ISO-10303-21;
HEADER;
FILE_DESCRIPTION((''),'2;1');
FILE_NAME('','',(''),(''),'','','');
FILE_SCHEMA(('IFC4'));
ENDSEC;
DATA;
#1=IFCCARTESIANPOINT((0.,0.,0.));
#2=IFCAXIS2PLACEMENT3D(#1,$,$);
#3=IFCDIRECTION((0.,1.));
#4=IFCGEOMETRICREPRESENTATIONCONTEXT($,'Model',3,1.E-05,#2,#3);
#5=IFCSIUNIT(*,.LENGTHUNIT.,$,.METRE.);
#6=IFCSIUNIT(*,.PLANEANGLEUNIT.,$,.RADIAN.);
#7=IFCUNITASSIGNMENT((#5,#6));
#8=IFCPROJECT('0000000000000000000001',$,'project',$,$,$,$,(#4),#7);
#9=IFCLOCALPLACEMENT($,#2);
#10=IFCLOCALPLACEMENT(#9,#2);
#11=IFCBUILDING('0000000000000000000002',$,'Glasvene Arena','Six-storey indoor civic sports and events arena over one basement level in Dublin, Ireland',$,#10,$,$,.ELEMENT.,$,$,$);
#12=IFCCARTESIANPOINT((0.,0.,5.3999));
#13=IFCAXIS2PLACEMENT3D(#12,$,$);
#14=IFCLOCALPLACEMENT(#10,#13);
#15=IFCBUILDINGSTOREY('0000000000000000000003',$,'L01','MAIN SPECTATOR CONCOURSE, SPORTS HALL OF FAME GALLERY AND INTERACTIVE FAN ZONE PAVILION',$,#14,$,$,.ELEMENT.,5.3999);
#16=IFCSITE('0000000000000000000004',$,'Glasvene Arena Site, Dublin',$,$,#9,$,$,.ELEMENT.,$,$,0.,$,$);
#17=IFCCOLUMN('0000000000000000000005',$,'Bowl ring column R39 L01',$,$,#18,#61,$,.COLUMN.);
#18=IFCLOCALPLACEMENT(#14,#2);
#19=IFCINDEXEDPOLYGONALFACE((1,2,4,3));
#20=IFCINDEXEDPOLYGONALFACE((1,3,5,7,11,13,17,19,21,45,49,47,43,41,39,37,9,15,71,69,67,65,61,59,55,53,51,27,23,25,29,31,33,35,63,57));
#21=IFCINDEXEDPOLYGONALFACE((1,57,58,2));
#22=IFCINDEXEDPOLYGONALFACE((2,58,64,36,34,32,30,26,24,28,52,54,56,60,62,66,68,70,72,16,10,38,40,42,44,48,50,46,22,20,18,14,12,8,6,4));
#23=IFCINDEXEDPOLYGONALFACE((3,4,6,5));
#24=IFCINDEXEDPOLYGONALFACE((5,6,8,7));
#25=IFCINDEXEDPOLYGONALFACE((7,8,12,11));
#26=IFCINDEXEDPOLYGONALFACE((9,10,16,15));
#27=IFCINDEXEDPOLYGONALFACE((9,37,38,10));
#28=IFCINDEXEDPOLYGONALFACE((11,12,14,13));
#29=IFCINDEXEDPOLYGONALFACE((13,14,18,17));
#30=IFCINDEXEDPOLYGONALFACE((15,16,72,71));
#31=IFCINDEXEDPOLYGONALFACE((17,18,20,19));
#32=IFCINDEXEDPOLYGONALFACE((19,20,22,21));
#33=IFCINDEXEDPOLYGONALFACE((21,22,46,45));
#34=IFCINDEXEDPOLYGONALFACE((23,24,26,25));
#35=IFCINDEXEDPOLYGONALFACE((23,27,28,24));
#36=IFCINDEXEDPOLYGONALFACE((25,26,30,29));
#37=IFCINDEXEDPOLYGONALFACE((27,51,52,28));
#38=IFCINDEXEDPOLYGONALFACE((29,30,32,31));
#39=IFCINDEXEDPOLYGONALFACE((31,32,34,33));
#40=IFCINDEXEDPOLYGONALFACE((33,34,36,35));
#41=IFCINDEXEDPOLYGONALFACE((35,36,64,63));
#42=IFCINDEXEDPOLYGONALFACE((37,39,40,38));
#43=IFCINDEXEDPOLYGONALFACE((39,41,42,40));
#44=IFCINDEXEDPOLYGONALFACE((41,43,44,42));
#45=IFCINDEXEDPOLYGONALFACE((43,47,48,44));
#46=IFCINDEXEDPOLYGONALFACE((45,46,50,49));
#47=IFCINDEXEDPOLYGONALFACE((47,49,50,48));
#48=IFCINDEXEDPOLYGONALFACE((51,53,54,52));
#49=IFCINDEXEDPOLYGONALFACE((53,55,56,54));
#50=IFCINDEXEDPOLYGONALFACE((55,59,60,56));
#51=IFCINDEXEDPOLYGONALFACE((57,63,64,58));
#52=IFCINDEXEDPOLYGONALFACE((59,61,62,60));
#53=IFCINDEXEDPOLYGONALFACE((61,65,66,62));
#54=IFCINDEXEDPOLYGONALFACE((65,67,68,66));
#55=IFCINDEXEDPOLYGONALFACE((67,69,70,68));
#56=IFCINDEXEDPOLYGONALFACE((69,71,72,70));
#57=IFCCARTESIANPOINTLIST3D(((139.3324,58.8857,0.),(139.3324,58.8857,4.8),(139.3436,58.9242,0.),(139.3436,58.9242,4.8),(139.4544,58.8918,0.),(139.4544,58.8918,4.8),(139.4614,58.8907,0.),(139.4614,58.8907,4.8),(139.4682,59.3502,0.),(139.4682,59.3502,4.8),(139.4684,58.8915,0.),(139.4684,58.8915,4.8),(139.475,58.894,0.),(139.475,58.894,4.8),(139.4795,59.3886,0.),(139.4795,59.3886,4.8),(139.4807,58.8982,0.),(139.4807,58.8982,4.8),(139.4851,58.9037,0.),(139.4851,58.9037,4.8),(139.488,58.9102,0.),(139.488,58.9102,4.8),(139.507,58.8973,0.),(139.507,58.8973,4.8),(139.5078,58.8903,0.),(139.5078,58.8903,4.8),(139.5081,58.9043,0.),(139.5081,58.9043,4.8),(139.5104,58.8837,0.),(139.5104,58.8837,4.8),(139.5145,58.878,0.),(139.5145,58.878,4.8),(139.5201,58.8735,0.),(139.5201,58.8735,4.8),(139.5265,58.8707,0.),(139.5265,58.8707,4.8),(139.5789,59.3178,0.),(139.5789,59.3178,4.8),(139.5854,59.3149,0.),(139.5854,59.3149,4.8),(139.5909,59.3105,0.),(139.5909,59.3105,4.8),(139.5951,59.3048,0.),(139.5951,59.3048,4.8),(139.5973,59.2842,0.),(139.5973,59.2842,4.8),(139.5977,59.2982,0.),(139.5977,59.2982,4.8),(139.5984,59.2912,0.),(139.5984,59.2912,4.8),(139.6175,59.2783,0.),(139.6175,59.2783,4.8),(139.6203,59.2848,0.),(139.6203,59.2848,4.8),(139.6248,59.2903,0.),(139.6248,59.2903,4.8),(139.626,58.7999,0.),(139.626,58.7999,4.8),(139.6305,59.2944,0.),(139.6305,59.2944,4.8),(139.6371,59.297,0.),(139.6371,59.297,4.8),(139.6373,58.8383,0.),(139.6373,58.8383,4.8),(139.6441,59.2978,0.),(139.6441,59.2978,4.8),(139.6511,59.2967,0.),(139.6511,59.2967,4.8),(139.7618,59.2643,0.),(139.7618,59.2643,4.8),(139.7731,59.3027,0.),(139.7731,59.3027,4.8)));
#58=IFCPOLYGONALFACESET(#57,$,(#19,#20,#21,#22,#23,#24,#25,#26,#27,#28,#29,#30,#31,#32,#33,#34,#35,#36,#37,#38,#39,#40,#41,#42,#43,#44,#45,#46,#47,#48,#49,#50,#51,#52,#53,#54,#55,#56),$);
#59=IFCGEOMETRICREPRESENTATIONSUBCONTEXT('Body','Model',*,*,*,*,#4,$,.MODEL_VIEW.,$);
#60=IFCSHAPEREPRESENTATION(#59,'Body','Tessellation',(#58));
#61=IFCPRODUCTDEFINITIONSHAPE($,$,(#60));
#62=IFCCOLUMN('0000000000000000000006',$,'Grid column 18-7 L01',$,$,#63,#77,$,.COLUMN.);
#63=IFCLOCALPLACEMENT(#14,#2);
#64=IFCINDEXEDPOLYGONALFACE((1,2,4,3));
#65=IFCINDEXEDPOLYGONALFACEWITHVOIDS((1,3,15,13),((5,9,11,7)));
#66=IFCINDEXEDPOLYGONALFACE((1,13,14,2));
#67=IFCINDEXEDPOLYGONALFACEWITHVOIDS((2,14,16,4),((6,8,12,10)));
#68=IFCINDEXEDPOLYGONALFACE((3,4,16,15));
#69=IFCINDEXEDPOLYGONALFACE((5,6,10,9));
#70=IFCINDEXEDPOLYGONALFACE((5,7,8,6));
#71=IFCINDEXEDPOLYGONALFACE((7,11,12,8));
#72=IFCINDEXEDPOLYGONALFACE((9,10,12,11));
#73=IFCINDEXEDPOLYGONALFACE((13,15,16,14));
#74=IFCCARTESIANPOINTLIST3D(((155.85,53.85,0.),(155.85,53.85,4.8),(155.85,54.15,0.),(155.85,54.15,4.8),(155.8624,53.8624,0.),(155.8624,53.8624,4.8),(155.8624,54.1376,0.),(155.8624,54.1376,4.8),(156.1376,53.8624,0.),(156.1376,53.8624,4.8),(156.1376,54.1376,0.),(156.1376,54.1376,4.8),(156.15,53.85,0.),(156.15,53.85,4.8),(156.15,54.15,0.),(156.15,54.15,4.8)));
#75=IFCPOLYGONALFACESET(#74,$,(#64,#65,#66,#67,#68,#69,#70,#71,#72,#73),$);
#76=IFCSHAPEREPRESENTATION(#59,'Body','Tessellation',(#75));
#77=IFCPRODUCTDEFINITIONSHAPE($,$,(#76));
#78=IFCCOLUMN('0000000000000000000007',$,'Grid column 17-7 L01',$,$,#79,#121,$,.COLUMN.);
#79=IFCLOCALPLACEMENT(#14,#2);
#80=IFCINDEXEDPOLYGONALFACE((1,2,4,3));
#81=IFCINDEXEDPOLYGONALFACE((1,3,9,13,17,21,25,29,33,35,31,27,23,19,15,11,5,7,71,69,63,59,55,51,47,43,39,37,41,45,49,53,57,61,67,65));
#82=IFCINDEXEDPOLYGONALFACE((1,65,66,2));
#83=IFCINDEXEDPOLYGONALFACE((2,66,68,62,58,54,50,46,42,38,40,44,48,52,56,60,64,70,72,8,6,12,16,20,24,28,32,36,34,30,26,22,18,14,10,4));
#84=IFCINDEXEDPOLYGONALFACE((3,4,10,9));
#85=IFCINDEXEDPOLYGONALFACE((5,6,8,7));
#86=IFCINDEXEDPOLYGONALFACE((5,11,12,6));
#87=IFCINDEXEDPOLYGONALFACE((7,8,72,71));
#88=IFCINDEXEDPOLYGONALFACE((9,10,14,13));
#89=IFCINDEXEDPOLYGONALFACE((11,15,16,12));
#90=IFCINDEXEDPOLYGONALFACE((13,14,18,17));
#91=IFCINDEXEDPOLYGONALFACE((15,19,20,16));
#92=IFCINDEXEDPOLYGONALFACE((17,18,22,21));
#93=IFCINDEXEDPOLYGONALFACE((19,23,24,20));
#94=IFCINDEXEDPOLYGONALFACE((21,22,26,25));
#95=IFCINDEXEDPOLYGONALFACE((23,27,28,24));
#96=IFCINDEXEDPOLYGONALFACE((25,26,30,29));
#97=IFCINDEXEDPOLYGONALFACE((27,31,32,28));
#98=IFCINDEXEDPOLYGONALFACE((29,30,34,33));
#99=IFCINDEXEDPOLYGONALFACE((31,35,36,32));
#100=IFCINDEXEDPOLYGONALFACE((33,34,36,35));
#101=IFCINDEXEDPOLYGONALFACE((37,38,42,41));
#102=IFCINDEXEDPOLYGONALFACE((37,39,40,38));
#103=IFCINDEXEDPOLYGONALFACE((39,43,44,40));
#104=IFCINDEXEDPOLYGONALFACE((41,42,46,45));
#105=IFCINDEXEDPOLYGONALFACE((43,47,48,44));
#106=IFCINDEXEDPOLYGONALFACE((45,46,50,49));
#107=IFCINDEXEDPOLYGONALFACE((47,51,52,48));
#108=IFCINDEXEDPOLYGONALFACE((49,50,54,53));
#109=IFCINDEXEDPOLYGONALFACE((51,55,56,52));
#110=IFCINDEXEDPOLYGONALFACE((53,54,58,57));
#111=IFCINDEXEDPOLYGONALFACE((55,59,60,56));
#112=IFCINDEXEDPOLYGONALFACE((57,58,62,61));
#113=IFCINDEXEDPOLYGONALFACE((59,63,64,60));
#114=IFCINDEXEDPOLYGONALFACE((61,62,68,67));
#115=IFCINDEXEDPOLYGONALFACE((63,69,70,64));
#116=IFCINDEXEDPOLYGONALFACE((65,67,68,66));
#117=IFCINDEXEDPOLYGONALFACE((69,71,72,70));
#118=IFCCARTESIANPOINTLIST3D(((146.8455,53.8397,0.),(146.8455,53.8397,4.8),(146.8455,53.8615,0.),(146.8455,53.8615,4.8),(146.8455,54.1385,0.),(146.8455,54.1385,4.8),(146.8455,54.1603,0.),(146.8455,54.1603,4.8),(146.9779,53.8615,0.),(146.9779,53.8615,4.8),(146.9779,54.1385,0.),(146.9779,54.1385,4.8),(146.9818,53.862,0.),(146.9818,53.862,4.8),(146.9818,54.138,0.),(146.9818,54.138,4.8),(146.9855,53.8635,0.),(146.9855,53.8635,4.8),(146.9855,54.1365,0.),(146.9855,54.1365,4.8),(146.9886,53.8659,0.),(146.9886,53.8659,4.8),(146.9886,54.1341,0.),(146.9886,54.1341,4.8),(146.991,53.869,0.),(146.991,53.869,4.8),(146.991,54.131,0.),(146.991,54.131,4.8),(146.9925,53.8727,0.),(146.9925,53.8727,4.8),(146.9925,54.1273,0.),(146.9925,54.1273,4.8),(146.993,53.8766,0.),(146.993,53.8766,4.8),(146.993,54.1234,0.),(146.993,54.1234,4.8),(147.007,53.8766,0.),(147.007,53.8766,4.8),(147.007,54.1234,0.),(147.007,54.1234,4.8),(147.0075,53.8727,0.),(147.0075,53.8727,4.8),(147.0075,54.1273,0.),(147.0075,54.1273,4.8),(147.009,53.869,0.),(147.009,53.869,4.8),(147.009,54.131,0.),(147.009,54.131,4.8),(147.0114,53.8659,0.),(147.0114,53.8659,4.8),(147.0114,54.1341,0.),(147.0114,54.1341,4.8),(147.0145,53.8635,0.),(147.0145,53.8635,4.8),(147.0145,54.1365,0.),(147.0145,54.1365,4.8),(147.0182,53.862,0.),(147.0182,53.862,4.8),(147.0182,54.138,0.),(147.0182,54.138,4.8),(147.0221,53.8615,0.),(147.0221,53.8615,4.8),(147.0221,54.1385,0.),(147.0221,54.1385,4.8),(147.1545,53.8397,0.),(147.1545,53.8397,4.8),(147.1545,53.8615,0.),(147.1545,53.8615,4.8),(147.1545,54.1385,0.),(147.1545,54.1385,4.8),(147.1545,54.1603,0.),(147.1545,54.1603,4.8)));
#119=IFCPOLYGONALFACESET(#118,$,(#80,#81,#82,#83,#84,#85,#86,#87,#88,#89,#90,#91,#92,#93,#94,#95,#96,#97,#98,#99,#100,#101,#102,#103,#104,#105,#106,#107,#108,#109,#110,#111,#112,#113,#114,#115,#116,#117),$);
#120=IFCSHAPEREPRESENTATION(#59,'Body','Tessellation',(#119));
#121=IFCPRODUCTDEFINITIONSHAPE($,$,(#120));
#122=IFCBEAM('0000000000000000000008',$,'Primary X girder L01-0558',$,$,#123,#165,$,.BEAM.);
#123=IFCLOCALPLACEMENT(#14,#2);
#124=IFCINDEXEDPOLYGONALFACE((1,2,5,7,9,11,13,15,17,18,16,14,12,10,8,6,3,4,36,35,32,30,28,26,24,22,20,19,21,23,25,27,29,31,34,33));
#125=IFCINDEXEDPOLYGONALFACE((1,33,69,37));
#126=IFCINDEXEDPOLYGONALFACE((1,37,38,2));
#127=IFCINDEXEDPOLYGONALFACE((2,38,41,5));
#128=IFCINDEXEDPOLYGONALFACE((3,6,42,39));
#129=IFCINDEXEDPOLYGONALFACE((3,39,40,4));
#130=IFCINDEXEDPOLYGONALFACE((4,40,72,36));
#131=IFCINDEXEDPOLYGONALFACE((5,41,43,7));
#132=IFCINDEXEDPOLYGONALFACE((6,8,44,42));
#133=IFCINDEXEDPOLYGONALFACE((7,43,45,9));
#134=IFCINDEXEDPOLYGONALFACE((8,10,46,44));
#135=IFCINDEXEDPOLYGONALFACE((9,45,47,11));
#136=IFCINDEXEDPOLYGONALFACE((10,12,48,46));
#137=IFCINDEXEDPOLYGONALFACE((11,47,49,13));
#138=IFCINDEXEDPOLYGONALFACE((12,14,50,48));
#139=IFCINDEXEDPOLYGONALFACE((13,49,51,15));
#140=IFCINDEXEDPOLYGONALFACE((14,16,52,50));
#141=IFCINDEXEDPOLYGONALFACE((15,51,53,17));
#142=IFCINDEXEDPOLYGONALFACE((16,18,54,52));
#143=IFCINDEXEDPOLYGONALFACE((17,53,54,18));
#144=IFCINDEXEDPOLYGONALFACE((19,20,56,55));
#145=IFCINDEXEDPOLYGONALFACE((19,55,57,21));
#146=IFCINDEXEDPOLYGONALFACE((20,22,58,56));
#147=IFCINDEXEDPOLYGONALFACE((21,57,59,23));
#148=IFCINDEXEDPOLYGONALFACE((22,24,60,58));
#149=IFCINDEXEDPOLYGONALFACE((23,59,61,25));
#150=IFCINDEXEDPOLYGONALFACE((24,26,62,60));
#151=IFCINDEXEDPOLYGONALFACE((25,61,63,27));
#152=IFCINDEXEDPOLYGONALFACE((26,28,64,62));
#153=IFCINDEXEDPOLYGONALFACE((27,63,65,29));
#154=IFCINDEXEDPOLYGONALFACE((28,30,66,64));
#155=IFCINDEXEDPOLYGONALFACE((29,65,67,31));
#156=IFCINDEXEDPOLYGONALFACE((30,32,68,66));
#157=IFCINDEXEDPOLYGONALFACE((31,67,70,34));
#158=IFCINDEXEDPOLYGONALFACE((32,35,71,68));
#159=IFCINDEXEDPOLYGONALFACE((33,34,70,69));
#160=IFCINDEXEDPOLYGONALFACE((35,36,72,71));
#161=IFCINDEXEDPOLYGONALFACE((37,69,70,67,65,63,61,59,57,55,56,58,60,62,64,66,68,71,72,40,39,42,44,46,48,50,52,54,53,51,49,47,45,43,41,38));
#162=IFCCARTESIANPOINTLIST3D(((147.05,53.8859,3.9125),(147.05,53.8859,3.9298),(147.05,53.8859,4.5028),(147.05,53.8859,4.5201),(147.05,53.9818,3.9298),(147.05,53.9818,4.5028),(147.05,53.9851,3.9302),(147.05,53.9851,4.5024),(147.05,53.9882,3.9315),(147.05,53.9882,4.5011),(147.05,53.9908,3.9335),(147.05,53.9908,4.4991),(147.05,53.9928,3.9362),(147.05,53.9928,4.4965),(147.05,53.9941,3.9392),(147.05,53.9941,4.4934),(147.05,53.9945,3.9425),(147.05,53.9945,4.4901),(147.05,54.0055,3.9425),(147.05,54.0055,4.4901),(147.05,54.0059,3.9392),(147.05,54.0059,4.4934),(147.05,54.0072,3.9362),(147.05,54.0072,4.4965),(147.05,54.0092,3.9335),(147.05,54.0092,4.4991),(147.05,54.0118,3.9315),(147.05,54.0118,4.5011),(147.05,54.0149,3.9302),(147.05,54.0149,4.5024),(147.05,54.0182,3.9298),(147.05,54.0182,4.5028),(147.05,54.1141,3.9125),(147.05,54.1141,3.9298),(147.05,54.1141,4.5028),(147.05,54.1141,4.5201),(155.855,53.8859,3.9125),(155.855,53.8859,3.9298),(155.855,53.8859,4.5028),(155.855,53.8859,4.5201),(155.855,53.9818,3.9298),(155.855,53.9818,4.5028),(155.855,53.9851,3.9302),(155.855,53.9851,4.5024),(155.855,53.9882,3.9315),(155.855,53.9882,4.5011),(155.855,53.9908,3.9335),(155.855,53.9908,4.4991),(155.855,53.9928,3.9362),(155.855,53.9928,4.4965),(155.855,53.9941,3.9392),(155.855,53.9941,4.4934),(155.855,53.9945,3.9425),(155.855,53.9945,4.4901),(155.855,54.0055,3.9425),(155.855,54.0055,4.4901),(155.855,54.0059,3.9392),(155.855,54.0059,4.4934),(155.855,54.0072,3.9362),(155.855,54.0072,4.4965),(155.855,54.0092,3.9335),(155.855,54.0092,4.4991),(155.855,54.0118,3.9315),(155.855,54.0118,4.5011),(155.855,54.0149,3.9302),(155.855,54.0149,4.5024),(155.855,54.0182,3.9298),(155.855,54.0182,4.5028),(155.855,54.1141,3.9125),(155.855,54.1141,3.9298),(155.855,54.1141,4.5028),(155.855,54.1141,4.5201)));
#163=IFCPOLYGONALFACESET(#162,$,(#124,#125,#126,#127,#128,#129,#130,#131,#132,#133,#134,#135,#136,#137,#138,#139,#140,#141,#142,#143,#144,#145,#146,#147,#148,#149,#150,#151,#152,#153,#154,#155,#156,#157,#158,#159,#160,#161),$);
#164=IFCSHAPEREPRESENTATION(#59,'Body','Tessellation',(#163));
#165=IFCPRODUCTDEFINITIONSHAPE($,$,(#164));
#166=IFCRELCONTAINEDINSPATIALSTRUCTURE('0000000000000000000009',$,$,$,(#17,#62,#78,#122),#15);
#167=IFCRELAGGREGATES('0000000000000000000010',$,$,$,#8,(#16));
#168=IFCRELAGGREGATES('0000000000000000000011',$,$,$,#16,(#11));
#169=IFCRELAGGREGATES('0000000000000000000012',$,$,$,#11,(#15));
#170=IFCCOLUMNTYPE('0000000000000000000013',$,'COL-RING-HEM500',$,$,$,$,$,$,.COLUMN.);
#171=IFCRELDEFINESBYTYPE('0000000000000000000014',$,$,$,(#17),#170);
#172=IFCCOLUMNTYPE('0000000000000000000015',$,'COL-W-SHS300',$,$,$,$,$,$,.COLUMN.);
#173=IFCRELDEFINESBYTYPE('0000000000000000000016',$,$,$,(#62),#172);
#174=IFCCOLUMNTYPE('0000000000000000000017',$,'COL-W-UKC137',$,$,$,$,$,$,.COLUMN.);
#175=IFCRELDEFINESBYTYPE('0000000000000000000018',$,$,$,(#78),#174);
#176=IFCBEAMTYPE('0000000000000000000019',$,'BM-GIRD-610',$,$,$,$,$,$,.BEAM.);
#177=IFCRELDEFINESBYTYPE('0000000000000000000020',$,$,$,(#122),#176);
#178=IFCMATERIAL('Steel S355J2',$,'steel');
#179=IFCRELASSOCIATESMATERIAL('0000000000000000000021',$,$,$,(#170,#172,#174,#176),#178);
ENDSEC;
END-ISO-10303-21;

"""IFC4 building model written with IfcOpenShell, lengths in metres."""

from ifc_helpers import new_model, si_unit, direction, frame, origin, origin_2d, place, context, subcontext, project, spatial, hollow_rectangle, i_section, extrude, material, material_profile, profile_set, type_object, element, save


model = new_model("IFC4")

# Units and contexts
model_context = context("Model", 3, precision=1e-05, world=origin(), true_north=direction((0.0, 1.0)))
body_context = subcontext(model_context, "Body", "Model", "MODEL_VIEW")
ifc_project = project(units=[si_unit("LENGTHUNIT", "METRE"), si_unit("PLANEANGLEUNIT", "RADIAN")], contexts=[model_context])

# Site, building, storey
site_placement = place(None, origin())
site = spatial("IfcSite", under=ifc_project, at=site_placement, Name="Glasvene Arena Site, Dublin", CompositionType="ELEMENT", RefElevation=0.0)
building_placement = place(site_placement, origin())
building = spatial("IfcBuilding", under=site, at=building_placement, Name="Glasvene Arena", Description="Six-storey indoor civic sports and events arena over one basement level in Dublin, Ireland", CompositionType="ELEMENT")
storey_placement = place(building_placement, frame((0.0, 0.0, 5.3999)))
storey = spatial("IfcBuildingStorey", under=building, at=storey_placement, Name="L01", Description="MAIN SPECTATOR CONCOURSE, SPORTS HALL OF FAME GALLERY AND INTERACTIVE FAN ZONE PAVILION", CompositionType="ELEMENT", Elevation=5.3999)

# Columns
ifc_material_1 = material(Name="Steel S355J2", Category="steel")
ifc_material_profile_1 = material_profile(ifc_material_1, i_section(OverallWidth=0.3059, OverallDepth=0.5239, WebThickness=0.021, FlangeThickness=0.04, FilletRadius=0.0271, at=origin_2d()), Name="HEM 500")
ifc_profile_set_1 = profile_set([ifc_material_profile_1], Name="Steel S355J2")
column_type_1 = type_object("IfcColumnType", Name="COL-RING-HEM500", PredefinedType="COLUMN", material=ifc_profile_set_1)
column_1_placement = place(storey_placement, frame((139.5527, 59.0942, 0.0), z_axis=(0.0, 0.0, 1.0), x_axis=(0.959805, -0.280667, 0.0)))
element("IfcColumn", 1, at=column_1_placement, inside=storey, type_object=column_type_1, Name="Bowl ring column R39 L01", PredefinedType="COLUMN", context=body_context, shape_type="SweptSolid", body=[
    extrude(i_section(OverallWidth=0.3059, OverallDepth=0.5239, WebThickness=0.021, FlangeThickness=0.04, FilletRadius=0.0271, at=origin_2d()), origin(), (0.0, 0.0, 1.0), 4.8),
])
ifc_material_profile_2 = material_profile(ifc_material_1, hollow_rectangle(XDim=0.3, YDim=0.3, WallThickness=0.0125, at=origin_2d()), Name="SHS 300x300x12.5")
ifc_profile_set_2 = profile_set([ifc_material_profile_2], Name="Steel S355J2")
column_type_2 = type_object("IfcColumnType", Name="COL-W-SHS300", PredefinedType="COLUMN", material=ifc_profile_set_2)
column_2_placement = place(storey_placement, frame((156.0, 54.0, 0.0), z_axis=(0.0, 0.0, 1.0), x_axis=(1.0, 0.0, 0.0)))
element("IfcColumn", 2, at=column_2_placement, inside=storey, type_object=column_type_2, Name="Grid column 18-7 L01", PredefinedType="COLUMN", context=body_context, shape_type="SweptSolid", body=[
    extrude(hollow_rectangle(XDim=0.3, YDim=0.3, WallThickness=0.0125, at=origin_2d()), origin(), (0.0, 0.0, 1.0), 4.8),
])
ifc_material_profile_3 = material_profile(ifc_material_1, i_section(OverallWidth=0.3091, OverallDepth=0.3206, WebThickness=0.0139, FlangeThickness=0.0217, FilletRadius=0.0151, at=origin_2d()), Name="UKC 305x305x137")
ifc_profile_set_3 = profile_set([ifc_material_profile_3], Name="Steel S355J2")
column_type_3 = type_object("IfcColumnType", Name="COL-W-UKC137", PredefinedType="COLUMN", material=ifc_profile_set_3)
column_3_placement = place(storey_placement, frame((147.0, 54.0, 0.0), z_axis=(0.0, 0.0, 1.0), x_axis=(1.0, 0.0, 0.0)))
element("IfcColumn", 3, at=column_3_placement, inside=storey, type_object=column_type_3, Name="Grid column 17-7 L01", PredefinedType="COLUMN", context=body_context, shape_type="SweptSolid", body=[
    extrude(i_section(OverallWidth=0.3091, OverallDepth=0.3206, WebThickness=0.0139, FlangeThickness=0.0217, FilletRadius=0.0151, at=origin_2d()), origin(), (0.0, 0.0, 1.0), 4.8),
])

# Beam
ifc_material_profile_4 = material_profile(ifc_material_1, i_section(OverallWidth=0.2283, OverallDepth=0.6077, WebThickness=0.011, FlangeThickness=0.0173, FilletRadius=0.0127, at=origin_2d()), Name="UKB 610x229x113")
ifc_profile_set_4 = profile_set([ifc_material_profile_4], Name="Steel S355J2")
beam_type_1 = type_object("IfcBeamType", Name="BM-GIRD-610", PredefinedType="BEAM", material=ifc_profile_set_4)
beam_1_placement = place(storey_placement, frame((147.05, 54.0, 4.2163), z_axis=(1.0, 0.0, 0.0), x_axis=(0.0, 1.0, 0.0)))
element("IfcBeam", 4, at=beam_1_placement, inside=storey, type_object=beam_type_1, Name="Primary X girder L01-0558", PredefinedType="BEAM", context=body_context, shape_type="SweptSolid", body=[
    extrude(i_section(OverallWidth=0.2283, OverallDepth=0.6077, WebThickness=0.011, FlangeThickness=0.0173, FilletRadius=0.0127, at=origin_2d()), origin(), (0.0, 0.0, 1.0), 8.8049),
])

save(model, "model.ifc")
